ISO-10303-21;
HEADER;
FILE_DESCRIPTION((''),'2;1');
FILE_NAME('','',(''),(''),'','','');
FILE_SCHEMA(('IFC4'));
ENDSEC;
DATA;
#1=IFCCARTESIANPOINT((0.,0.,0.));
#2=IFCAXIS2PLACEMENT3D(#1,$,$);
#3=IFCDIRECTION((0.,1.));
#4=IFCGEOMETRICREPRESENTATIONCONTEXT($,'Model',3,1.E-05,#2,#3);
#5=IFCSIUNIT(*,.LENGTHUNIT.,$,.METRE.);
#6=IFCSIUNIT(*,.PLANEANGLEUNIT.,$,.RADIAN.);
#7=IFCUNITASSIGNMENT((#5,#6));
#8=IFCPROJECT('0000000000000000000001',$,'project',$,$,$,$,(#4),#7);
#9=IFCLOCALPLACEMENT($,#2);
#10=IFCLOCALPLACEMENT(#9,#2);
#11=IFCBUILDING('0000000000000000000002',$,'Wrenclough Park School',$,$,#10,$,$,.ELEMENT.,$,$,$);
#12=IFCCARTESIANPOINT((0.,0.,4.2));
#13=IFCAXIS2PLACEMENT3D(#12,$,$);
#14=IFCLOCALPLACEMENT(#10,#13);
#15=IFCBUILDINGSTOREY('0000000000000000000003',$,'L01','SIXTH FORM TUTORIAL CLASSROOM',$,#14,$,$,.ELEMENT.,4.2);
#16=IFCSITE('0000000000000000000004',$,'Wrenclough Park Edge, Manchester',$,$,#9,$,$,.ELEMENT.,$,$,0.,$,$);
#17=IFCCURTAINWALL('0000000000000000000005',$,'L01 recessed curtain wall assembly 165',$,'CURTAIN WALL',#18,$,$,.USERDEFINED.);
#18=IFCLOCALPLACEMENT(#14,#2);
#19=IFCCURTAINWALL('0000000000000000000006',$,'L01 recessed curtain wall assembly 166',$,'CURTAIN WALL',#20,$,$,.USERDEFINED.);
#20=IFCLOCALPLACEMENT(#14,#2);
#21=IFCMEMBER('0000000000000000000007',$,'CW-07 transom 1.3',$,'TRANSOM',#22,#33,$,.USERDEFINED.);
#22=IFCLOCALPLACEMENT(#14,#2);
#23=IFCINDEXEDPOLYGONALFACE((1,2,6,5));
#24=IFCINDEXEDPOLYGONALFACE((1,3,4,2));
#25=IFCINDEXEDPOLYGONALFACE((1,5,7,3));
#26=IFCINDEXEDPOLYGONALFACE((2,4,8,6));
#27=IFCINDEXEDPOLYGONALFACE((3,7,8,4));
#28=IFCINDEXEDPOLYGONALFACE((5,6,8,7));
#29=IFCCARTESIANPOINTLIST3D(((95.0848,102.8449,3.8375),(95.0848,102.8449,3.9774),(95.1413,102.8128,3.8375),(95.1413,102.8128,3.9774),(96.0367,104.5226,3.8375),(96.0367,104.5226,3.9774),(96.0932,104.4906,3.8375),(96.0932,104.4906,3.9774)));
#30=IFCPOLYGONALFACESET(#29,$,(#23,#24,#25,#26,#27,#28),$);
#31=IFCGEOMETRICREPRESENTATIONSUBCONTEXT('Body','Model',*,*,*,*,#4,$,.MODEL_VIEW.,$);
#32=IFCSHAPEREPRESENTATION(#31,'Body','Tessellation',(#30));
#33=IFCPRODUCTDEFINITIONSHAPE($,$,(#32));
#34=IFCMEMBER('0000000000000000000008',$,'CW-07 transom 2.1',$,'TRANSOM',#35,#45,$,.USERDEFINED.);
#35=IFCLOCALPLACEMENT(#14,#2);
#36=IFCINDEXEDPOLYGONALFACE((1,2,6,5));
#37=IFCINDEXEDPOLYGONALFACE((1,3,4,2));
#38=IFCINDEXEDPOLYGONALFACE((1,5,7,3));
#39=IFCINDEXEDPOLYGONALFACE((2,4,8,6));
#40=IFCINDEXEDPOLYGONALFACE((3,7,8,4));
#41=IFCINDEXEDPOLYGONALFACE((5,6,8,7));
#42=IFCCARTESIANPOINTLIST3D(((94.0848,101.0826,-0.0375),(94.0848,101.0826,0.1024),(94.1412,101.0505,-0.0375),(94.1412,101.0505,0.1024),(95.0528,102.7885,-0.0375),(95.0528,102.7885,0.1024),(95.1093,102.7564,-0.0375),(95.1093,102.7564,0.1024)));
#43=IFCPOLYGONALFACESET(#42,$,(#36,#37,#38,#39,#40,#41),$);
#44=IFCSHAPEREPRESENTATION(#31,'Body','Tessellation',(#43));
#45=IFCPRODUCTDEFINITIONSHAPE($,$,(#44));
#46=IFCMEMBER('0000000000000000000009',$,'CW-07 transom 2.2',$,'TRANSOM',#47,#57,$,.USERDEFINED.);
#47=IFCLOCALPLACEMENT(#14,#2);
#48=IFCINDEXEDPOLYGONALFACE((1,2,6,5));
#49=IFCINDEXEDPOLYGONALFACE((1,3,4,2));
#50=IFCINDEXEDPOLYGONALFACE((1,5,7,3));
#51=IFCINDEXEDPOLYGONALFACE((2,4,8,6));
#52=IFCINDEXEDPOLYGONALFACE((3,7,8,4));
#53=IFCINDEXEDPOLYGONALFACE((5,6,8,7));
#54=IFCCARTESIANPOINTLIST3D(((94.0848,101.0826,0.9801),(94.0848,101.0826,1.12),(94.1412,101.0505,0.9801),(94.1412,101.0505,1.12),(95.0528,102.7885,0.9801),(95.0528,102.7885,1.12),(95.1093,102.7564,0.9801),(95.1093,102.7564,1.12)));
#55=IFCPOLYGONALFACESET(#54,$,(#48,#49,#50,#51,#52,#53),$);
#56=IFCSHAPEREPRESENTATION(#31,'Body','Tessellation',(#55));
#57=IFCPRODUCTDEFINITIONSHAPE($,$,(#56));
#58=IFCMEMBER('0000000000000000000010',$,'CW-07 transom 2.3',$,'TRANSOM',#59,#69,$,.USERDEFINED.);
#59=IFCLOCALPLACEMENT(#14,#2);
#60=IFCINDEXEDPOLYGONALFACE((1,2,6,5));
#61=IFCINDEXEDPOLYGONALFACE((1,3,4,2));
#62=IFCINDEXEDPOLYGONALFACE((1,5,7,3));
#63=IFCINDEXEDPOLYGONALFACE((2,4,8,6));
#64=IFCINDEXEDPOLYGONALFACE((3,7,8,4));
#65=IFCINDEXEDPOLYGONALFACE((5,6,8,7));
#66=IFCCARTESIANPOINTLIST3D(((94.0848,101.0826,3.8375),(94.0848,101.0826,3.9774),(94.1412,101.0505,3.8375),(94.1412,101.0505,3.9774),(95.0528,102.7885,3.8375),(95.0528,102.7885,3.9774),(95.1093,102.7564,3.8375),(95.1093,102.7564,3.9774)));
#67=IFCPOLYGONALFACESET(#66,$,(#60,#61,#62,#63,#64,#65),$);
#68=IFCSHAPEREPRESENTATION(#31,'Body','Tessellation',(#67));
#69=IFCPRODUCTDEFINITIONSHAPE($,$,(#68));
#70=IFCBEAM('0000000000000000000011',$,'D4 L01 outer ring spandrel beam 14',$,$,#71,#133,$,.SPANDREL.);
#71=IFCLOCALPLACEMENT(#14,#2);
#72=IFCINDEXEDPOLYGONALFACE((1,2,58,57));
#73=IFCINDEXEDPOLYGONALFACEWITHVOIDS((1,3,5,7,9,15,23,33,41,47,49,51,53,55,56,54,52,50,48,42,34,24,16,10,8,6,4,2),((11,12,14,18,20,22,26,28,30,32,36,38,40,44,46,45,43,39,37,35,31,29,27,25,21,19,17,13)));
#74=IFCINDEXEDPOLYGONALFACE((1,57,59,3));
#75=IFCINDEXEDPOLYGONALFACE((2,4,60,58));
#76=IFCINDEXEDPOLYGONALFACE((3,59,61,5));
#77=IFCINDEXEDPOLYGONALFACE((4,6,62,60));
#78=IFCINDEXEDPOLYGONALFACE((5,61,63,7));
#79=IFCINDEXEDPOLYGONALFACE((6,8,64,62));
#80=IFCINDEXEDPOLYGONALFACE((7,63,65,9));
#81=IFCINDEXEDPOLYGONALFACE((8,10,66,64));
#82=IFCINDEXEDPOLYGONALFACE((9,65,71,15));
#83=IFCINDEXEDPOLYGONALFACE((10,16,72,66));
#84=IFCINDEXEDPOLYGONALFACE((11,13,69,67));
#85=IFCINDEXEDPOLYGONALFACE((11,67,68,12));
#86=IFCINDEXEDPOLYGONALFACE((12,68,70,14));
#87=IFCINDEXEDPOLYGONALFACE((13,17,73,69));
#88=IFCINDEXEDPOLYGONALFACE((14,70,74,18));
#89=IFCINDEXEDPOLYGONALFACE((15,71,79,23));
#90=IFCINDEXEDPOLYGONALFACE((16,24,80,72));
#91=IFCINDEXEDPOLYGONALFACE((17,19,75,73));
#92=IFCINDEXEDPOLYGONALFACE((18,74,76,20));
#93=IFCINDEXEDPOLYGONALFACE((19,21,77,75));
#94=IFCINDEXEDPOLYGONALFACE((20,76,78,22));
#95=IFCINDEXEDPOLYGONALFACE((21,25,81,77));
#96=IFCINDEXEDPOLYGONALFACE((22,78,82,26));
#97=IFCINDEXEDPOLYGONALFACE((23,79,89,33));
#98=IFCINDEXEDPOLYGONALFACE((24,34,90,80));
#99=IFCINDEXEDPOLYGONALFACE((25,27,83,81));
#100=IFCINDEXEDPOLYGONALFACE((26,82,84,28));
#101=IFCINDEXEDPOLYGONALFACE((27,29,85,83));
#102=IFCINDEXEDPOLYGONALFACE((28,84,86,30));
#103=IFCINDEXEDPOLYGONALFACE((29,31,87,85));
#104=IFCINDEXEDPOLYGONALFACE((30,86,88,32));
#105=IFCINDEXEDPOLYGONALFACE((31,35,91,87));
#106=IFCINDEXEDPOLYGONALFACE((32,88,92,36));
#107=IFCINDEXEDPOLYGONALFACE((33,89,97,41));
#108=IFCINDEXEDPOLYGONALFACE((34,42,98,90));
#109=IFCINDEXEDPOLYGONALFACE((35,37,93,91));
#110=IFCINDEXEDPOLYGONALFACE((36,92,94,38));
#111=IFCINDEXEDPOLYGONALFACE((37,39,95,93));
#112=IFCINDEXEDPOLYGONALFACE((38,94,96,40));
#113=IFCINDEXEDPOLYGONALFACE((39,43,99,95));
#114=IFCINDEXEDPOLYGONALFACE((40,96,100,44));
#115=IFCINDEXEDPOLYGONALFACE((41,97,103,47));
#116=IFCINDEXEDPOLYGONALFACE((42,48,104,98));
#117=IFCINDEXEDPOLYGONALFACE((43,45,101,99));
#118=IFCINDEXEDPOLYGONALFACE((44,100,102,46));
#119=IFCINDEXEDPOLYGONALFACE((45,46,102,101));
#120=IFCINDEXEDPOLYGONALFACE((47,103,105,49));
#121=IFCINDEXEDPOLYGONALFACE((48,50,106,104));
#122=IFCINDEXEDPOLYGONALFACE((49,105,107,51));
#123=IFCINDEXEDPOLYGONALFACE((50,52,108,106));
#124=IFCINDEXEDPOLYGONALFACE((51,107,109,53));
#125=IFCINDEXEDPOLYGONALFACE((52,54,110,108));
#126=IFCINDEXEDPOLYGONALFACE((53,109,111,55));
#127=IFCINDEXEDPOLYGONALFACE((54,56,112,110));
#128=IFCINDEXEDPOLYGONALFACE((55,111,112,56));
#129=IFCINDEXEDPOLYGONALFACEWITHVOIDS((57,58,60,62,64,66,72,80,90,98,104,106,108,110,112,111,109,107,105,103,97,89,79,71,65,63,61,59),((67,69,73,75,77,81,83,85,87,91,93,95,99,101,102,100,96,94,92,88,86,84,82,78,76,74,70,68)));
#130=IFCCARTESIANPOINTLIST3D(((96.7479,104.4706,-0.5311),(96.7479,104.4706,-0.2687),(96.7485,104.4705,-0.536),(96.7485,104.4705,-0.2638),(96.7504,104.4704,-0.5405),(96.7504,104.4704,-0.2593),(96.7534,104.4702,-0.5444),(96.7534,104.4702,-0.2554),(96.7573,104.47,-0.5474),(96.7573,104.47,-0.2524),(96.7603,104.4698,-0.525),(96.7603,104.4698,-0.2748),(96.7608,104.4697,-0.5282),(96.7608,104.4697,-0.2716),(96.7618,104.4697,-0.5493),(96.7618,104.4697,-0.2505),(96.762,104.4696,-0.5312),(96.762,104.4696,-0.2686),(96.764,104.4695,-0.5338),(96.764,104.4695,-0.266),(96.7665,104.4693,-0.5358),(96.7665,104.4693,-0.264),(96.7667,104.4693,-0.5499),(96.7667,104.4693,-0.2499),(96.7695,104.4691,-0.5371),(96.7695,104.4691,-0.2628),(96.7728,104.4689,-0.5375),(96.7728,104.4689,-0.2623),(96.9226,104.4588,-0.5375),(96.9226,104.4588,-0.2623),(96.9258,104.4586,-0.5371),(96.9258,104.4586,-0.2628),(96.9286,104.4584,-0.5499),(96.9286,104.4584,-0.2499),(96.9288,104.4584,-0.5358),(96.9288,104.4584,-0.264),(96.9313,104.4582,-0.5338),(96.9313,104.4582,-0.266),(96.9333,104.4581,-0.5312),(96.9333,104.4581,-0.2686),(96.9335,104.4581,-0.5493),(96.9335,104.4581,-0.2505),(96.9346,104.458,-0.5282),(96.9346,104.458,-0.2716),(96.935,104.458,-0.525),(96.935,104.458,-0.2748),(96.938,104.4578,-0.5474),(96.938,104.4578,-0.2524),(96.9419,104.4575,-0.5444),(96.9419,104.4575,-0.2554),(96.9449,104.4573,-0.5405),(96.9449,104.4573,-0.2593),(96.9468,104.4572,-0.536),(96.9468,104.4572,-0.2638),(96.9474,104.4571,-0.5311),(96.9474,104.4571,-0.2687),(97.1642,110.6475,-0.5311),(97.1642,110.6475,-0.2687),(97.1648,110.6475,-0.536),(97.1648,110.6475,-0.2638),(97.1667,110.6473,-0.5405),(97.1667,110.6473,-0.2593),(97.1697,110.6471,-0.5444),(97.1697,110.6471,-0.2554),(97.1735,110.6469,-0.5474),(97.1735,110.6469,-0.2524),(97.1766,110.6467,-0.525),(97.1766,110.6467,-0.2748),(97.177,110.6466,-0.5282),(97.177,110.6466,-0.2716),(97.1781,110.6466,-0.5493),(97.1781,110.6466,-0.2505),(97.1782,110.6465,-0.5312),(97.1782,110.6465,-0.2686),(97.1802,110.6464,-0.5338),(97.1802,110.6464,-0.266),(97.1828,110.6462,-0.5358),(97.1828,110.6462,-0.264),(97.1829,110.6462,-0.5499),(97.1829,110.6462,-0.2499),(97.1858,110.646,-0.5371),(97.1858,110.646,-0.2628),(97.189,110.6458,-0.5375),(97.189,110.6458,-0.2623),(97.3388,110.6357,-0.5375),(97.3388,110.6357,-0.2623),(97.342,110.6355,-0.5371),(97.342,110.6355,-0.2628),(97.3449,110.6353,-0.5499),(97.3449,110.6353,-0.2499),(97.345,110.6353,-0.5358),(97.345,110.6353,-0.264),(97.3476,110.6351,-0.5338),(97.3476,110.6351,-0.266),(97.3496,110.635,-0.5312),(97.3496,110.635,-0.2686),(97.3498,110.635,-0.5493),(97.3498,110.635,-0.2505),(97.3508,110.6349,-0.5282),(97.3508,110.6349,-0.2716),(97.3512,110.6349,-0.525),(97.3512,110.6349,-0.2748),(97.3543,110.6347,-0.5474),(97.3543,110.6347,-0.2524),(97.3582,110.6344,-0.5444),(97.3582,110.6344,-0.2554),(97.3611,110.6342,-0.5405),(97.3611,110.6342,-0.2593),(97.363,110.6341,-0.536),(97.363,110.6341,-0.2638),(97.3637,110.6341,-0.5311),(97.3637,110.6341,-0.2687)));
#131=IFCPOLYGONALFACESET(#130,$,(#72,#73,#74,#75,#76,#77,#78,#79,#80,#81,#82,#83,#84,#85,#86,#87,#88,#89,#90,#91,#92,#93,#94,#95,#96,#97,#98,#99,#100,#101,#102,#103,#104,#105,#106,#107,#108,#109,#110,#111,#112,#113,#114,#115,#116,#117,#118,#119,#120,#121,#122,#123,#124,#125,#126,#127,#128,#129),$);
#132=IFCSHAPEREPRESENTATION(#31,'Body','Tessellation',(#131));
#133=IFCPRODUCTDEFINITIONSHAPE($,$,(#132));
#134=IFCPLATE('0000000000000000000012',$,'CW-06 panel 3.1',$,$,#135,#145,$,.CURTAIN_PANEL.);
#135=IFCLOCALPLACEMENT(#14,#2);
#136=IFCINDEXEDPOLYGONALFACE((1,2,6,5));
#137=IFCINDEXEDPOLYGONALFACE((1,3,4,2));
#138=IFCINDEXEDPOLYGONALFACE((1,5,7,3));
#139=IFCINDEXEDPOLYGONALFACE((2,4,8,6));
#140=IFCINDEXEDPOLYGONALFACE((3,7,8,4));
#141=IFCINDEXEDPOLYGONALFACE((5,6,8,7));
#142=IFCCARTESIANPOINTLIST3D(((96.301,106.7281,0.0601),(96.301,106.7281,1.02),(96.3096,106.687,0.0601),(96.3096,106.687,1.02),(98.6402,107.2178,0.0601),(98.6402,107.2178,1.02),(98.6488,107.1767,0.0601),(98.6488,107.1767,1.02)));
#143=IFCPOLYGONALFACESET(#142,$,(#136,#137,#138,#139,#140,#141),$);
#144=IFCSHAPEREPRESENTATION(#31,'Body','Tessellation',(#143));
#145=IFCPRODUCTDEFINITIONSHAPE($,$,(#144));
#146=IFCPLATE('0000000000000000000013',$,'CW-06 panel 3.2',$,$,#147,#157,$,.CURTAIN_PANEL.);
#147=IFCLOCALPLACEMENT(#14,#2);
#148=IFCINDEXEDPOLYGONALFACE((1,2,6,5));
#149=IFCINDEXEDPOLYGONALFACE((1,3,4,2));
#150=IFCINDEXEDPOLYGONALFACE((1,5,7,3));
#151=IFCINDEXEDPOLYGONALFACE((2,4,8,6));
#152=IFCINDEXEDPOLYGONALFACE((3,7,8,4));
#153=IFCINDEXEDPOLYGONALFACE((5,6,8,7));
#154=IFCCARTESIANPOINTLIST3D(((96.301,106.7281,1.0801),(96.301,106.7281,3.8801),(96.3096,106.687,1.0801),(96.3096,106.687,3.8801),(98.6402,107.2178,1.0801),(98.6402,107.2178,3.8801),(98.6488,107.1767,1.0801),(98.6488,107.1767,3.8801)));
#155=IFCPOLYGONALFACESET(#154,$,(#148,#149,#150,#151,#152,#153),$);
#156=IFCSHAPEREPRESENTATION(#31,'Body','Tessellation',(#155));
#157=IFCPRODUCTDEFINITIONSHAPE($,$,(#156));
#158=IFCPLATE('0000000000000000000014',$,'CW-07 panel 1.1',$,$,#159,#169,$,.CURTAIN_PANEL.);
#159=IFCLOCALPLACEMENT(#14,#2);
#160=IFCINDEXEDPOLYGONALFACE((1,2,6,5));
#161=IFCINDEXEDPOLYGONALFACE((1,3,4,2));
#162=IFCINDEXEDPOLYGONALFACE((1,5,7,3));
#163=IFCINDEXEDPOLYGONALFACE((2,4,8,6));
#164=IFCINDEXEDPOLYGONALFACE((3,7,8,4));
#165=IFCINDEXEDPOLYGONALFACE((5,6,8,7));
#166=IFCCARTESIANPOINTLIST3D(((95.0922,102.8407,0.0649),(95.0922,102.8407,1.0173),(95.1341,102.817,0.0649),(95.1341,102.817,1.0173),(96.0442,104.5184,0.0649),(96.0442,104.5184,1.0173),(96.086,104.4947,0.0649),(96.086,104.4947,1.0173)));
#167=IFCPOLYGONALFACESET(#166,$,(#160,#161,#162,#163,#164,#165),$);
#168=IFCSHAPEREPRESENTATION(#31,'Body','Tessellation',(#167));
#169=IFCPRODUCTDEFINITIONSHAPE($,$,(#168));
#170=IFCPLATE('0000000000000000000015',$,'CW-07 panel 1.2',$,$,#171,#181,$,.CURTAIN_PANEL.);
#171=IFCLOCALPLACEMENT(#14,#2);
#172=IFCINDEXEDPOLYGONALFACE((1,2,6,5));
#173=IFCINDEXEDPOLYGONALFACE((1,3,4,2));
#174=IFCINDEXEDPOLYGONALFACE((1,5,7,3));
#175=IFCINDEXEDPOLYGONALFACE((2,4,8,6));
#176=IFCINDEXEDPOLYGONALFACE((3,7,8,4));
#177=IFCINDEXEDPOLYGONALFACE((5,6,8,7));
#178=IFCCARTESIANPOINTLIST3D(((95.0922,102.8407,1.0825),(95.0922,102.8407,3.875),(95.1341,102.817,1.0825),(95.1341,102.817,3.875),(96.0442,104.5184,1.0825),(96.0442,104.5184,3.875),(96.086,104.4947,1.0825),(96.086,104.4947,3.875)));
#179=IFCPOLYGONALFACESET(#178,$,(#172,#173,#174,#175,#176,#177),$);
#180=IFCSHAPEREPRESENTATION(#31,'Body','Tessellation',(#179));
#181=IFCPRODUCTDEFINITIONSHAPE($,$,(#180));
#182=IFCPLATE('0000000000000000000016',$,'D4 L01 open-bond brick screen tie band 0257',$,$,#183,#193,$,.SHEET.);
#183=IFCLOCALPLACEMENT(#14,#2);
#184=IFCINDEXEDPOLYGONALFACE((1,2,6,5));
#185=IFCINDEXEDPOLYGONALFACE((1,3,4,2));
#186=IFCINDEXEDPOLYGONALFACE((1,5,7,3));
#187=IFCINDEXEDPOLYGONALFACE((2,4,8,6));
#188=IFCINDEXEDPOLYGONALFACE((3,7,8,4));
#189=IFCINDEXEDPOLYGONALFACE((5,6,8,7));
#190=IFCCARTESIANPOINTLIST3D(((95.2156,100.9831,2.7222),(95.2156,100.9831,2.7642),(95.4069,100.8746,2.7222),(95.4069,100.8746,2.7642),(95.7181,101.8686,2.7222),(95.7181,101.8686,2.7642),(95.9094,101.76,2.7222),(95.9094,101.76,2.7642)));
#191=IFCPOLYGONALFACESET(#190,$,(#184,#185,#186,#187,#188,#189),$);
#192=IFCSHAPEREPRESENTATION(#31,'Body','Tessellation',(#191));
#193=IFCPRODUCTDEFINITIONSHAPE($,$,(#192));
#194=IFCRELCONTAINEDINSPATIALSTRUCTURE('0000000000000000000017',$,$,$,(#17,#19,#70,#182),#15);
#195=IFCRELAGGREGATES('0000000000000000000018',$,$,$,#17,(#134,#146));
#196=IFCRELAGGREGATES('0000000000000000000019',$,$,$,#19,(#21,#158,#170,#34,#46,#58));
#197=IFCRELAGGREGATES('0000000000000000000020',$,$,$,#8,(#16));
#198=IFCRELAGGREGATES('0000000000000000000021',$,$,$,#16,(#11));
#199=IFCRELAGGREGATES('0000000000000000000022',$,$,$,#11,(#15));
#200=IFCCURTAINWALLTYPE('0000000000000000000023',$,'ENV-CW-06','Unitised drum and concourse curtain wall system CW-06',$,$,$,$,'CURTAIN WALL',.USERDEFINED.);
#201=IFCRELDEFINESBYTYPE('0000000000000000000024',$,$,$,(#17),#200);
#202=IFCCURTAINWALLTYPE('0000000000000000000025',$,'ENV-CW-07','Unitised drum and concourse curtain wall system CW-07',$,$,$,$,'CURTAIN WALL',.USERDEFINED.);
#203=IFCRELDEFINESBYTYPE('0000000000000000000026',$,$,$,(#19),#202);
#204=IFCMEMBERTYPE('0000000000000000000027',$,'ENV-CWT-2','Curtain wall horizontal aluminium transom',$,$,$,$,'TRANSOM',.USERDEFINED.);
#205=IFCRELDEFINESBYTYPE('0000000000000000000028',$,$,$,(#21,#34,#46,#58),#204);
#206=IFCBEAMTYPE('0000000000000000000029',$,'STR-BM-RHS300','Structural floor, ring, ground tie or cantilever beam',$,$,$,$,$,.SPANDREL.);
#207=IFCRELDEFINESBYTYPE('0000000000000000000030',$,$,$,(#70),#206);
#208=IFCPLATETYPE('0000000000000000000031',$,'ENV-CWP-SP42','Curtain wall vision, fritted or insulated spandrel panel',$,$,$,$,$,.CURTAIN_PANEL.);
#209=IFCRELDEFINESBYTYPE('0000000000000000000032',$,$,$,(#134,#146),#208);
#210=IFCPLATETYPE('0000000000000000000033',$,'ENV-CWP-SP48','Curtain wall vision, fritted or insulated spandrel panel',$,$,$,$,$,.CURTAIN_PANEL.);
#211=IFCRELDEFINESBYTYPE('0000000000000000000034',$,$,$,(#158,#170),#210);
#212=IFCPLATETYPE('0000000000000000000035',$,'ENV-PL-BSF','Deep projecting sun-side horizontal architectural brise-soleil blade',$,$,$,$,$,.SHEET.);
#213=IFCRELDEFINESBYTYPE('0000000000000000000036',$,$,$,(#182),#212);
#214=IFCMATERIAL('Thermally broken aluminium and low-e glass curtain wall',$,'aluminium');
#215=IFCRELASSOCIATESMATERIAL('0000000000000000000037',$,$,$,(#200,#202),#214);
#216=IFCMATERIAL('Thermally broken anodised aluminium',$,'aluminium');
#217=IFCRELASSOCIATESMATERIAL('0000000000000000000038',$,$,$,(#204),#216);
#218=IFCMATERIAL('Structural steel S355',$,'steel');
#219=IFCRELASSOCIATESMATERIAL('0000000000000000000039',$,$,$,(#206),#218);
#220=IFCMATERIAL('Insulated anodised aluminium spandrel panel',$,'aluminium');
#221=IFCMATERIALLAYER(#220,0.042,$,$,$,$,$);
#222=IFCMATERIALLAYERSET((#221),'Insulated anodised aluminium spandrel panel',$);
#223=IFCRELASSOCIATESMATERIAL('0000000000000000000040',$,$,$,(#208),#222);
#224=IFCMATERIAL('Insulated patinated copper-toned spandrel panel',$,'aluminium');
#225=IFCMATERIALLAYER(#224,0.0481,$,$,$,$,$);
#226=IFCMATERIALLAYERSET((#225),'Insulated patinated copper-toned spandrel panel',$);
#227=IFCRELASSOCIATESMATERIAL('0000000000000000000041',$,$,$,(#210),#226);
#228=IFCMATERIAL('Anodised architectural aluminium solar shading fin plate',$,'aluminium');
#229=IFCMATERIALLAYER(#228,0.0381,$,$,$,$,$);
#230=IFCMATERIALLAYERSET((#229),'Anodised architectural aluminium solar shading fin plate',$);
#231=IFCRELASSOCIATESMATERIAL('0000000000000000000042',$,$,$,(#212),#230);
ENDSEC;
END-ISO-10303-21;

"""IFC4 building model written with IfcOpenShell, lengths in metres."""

from ifc_helpers import new_model, si_unit, direction, frame, origin, origin_2d, place, context, subcontext, project, spatial, rectangle, hollow_rectangle, extrude, material, layer, layer_set, material_profile, profile_set, type_object, element, aggregate, save


model = new_model("IFC4")

# Units and contexts
model_context = context("Model", 3, precision=1e-05, world=origin(), true_north=direction((0.0, 1.0)))
body_context = subcontext(model_context, "Body", "Model", "MODEL_VIEW")
ifc_project = project(units=[si_unit("LENGTHUNIT", "METRE"), si_unit("PLANEANGLEUNIT", "RADIAN")], contexts=[model_context])

# Site, building, storey
site_placement = place(None, origin())
site = spatial("IfcSite", under=ifc_project, at=site_placement, Name="Wrenclough Park Edge, Manchester", CompositionType="ELEMENT", RefElevation=0.0)
building_placement = place(site_placement, origin())
building = spatial("IfcBuilding", under=site, at=building_placement, Name="Wrenclough Park School", CompositionType="ELEMENT")
storey_placement = place(building_placement, frame((0.0, 0.0, 4.2)))
storey = spatial("IfcBuildingStorey", under=building, at=storey_placement, Name="L01", Description="SIXTH FORM TUTORIAL CLASSROOM", CompositionType="ELEMENT", Elevation=4.2)

# Shared definitions
ifc_material_1 = material(Name="Structural steel S355", Category="steel")

# Curtain wall
ifc_material_2 = material(Name="Thermally broken aluminium and low-e glass curtain wall", Category="aluminium")
curtain_wall_type_1 = type_object("IfcCurtainWallType", Name="ENV-CW-06", Description="Unitised drum and concourse curtain wall system CW-06", ElementType="CURTAIN WALL", PredefinedType="USERDEFINED", material=ifc_material_2)
curtain_wall_1_placement = place(storey_placement, origin())
curtain_wall_1 = element("IfcCurtainWall", 1, at=curtain_wall_1_placement, inside=storey, type_object=curtain_wall_type_1, Name="L01 recessed curtain wall assembly 165", ObjectType="CURTAIN WALL", PredefinedType="USERDEFINED")
ifc_material_3 = material(Name="Thermally broken anodised aluminium", Category="aluminium")

# Curtain wall
curtain_wall_type_2 = type_object("IfcCurtainWallType", Name="ENV-CW-07", Description="Unitised drum and concourse curtain wall system CW-07", ElementType="CURTAIN WALL", PredefinedType="USERDEFINED", material=ifc_material_2)
curtain_wall_2_placement = place(storey_placement, origin())
curtain_wall_2 = element("IfcCurtainWall", 2, at=curtain_wall_2_placement, inside=storey, type_object=curtain_wall_type_2, Name="L01 recessed curtain wall assembly 166", ObjectType="CURTAIN WALL", PredefinedType="USERDEFINED")

# Members
ifc_material_profile_1 = material_profile(ifc_material_3, rectangle(XDim=0.0649, YDim=0.1399, at=origin_2d()), Name="AL TRANSOM 65x140")
ifc_profile_set_1 = profile_set([ifc_material_profile_1], Name="Thermally broken anodised aluminium")
member_type_1 = type_object("IfcMemberType", Name="ENV-CWT-2", Description="Curtain wall horizontal aluminium transom", ElementType="TRANSOM", PredefinedType="USERDEFINED", material=ifc_profile_set_1)
member_1_placement = place(storey_placement, frame((96.0649, 104.5066, 3.9075), z_axis=(-0.493479, -0.869758, 0.0), x_axis=(0.869758, -0.493479, 0.0)))
member_1 = element("IfcMember", 3, at=member_1_placement, type_object=member_type_1, Name="CW-07 transom 1.3", ObjectType="TRANSOM", PredefinedType="USERDEFINED", context=body_context, shape_type="SweptSolid", body=[
    extrude(rectangle(XDim=0.0649, YDim=0.1399, at=origin_2d()), origin(), (0.0, 0.0, 1.0), 1.929),
])
member_2_placement = place(storey_placement, frame((95.0811, 102.7725, 0.0325), z_axis=(-0.49355, -0.869718, 0.0), x_axis=(0.869718, -0.49355, 0.0)))
member_2 = element("IfcMember", 4, at=member_2_placement, type_object=member_type_1, Name="CW-07 transom 2.1", ObjectType="TRANSOM", PredefinedType="USERDEFINED", context=body_context, shape_type="SweptSolid", body=[
    extrude(rectangle(XDim=0.0649, YDim=0.1399, at=origin_2d()), origin(), (0.0, 0.0, 1.0), 1.9614),
])
member_3_placement = place(storey_placement, frame((95.0811, 102.7725, 1.05), z_axis=(-0.49355, -0.869718, 0.0), x_axis=(0.869718, -0.49355, 0.0)))
member_3 = element("IfcMember", 5, at=member_3_placement, type_object=member_type_1, Name="CW-07 transom 2.2", ObjectType="TRANSOM", PredefinedType="USERDEFINED", context=body_context, shape_type="SweptSolid", body=[
    extrude(rectangle(XDim=0.0649, YDim=0.1399, at=origin_2d()), origin(), (0.0, 0.0, 1.0), 1.9614),
])
member_4_placement = place(storey_placement, frame((95.0811, 102.7725, 3.9075), z_axis=(-0.49355, -0.869718, 0.0), x_axis=(0.869718, -0.49355, 0.0)))
member_4 = element("IfcMember", 6, at=member_4_placement, type_object=member_type_1, Name="CW-07 transom 2.3", ObjectType="TRANSOM", PredefinedType="USERDEFINED", context=body_context, shape_type="SweptSolid", body=[
    extrude(rectangle(XDim=0.0649, YDim=0.1399, at=origin_2d()), origin(), (0.0, 0.0, 1.0), 1.9614),
])

# Beam
ifc_material_profile_2 = material_profile(ifc_material_1, hollow_rectangle(XDim=0.2, YDim=0.3, WallThickness=0.0125, InnerFilletRadius=0.0125, OuterFilletRadius=0.0188, at=origin_2d()), Name="RHS 300x200x12.5")
ifc_profile_set_2 = profile_set([ifc_material_profile_2], Name="Structural steel S355")
beam_type = type_object("IfcBeamType", Name="STR-BM-RHS300", Description="Structural floor, ring, ground tie or cantilever beam", PredefinedType="SPANDREL", material=ifc_profile_set_2)
beam_placement = place(storey_placement, frame((96.8477, 104.4639, -0.3999), z_axis=(0.067236, 0.997737, 0.0), x_axis=(-0.997737, 0.067236, 0.0)))
element("IfcBeam", 7, at=beam_placement, inside=storey, type_object=beam_type, Name="D4 L01 outer ring spandrel beam 14", PredefinedType="SPANDREL", context=body_context, shape_type="SweptSolid", body=[
    extrude(hollow_rectangle(XDim=0.2, YDim=0.3, WallThickness=0.0125, InnerFilletRadius=0.0125, OuterFilletRadius=0.0188, at=origin_2d()), origin(), (0.0, 0.0, 1.0), 6.1909),
])

# Plates
ifc_material_4 = material(Name="Insulated anodised aluminium spandrel panel", Category="aluminium")
ifc_layer_1 = layer(ifc_material_4, 0.042)
ifc_layer_set_1 = layer_set([ifc_layer_1], Name="Insulated anodised aluminium spandrel panel")
plate_type_1 = type_object("IfcPlateType", Name="ENV-CWP-SP42", Description="Curtain wall vision, fritted or insulated spandrel panel", PredefinedType="CURTAIN_PANEL", material=ifc_layer_set_1)
plate_1_placement = place(storey_placement, frame((97.4749, 106.9524, 0.0601), z_axis=(0.0, 0.0, 1.0), x_axis=(-0.978788, -0.204874, 0.0)))
plate_1 = element("IfcPlate", 8, at=plate_1_placement, type_object=plate_type_1, Name="CW-06 panel 3.1", PredefinedType="CURTAIN_PANEL", context=body_context, shape_type="SweptSolid", body=[
    extrude(rectangle(XDim=2.3899, YDim=0.042, at=origin_2d()), origin(), (0.0, 0.0, 1.0), 0.96),
])
plate_2_placement = place(storey_placement, frame((97.4749, 106.9524, 1.0801), z_axis=(0.0, 0.0, 1.0), x_axis=(-0.978788, -0.204874, 0.0)))
plate_2 = element("IfcPlate", 9, at=plate_2_placement, type_object=plate_type_1, Name="CW-06 panel 3.2", PredefinedType="CURTAIN_PANEL", context=body_context, shape_type="SweptSolid", body=[
    extrude(rectangle(XDim=2.3899, YDim=0.042, at=origin_2d()), origin(), (0.0, 0.0, 1.0), 2.8),
])
aggregate(curtain_wall_1, [plate_1, plate_2])
ifc_material_5 = material(Name="Insulated patinated copper-toned spandrel panel", Category="aluminium")
ifc_layer_2 = layer(ifc_material_5, 0.0481)
ifc_layer_set_2 = layer_set([ifc_layer_2], Name="Insulated patinated copper-toned spandrel panel")
plate_type_2 = type_object("IfcPlateType", Name="ENV-CWP-SP48", Description="Curtain wall vision, fritted or insulated spandrel panel", PredefinedType="CURTAIN_PANEL", material=ifc_layer_set_2)
plate_3_placement = place(storey_placement, frame((95.5891, 103.6677, 0.0649), z_axis=(0.0, 0.0, 1.0), x_axis=(-0.493501, -0.869745, 0.0)))
plate_3 = element("IfcPlate", 10, at=plate_3_placement, type_object=plate_type_2, Name="CW-07 panel 1.1", PredefinedType="CURTAIN_PANEL", context=body_context, shape_type="SweptSolid", body=[
    extrude(rectangle(XDim=1.929, YDim=0.0481, at=origin_2d()), origin(), (0.0, 0.0, 1.0), 0.9524),
])
plate_4_placement = place(storey_placement, frame((95.5891, 103.6677, 1.0825), z_axis=(0.0, 0.0, 1.0), x_axis=(-0.493501, -0.869745, 0.0)))
plate_4 = element("IfcPlate", 11, at=plate_4_placement, type_object=plate_type_2, Name="CW-07 panel 1.2", PredefinedType="CURTAIN_PANEL", context=body_context, shape_type="SweptSolid", body=[
    extrude(rectangle(XDim=1.929, YDim=0.0481, at=origin_2d()), origin(), (0.0, 0.0, 1.0), 2.7925),
])
aggregate(curtain_wall_2, [member_1, plate_3, plate_4, member_2, member_3, member_4])

# Plate
ifc_material_6 = material(Name="Anodised architectural aluminium solar shading fin plate", Category="aluminium")
ifc_layer_3 = layer(ifc_material_6, 0.0381)
ifc_layer_set_3 = layer_set([ifc_layer_3], Name="Anodised architectural aluminium solar shading fin plate")
plate_type_3 = type_object("IfcPlateType", Name="ENV-PL-BSF", Description="Deep projecting sun-side horizontal architectural brise-soleil blade", PredefinedType="SHEET", material=ifc_layer_set_3)
plate_5_placement = place(storey_placement, frame((95.5625, 101.3716, 2.7222), z_axis=(0.0, 0.0, 1.0), x_axis=(0.493509, 0.869741, 0.0)))
element("IfcPlate", 12, at=plate_5_placement, inside=storey, type_object=plate_type_3, Name="D4 L01 open-bond brick screen tie band 0257", PredefinedType="SHEET", context=body_context, shape_type="SweptSolid", body=[
    extrude(rectangle(XDim=1.0181, YDim=0.22, at=origin_2d()), origin(), (0.0, 0.0, 1.0), 0.042),
])

save(model, "model.ifc")
